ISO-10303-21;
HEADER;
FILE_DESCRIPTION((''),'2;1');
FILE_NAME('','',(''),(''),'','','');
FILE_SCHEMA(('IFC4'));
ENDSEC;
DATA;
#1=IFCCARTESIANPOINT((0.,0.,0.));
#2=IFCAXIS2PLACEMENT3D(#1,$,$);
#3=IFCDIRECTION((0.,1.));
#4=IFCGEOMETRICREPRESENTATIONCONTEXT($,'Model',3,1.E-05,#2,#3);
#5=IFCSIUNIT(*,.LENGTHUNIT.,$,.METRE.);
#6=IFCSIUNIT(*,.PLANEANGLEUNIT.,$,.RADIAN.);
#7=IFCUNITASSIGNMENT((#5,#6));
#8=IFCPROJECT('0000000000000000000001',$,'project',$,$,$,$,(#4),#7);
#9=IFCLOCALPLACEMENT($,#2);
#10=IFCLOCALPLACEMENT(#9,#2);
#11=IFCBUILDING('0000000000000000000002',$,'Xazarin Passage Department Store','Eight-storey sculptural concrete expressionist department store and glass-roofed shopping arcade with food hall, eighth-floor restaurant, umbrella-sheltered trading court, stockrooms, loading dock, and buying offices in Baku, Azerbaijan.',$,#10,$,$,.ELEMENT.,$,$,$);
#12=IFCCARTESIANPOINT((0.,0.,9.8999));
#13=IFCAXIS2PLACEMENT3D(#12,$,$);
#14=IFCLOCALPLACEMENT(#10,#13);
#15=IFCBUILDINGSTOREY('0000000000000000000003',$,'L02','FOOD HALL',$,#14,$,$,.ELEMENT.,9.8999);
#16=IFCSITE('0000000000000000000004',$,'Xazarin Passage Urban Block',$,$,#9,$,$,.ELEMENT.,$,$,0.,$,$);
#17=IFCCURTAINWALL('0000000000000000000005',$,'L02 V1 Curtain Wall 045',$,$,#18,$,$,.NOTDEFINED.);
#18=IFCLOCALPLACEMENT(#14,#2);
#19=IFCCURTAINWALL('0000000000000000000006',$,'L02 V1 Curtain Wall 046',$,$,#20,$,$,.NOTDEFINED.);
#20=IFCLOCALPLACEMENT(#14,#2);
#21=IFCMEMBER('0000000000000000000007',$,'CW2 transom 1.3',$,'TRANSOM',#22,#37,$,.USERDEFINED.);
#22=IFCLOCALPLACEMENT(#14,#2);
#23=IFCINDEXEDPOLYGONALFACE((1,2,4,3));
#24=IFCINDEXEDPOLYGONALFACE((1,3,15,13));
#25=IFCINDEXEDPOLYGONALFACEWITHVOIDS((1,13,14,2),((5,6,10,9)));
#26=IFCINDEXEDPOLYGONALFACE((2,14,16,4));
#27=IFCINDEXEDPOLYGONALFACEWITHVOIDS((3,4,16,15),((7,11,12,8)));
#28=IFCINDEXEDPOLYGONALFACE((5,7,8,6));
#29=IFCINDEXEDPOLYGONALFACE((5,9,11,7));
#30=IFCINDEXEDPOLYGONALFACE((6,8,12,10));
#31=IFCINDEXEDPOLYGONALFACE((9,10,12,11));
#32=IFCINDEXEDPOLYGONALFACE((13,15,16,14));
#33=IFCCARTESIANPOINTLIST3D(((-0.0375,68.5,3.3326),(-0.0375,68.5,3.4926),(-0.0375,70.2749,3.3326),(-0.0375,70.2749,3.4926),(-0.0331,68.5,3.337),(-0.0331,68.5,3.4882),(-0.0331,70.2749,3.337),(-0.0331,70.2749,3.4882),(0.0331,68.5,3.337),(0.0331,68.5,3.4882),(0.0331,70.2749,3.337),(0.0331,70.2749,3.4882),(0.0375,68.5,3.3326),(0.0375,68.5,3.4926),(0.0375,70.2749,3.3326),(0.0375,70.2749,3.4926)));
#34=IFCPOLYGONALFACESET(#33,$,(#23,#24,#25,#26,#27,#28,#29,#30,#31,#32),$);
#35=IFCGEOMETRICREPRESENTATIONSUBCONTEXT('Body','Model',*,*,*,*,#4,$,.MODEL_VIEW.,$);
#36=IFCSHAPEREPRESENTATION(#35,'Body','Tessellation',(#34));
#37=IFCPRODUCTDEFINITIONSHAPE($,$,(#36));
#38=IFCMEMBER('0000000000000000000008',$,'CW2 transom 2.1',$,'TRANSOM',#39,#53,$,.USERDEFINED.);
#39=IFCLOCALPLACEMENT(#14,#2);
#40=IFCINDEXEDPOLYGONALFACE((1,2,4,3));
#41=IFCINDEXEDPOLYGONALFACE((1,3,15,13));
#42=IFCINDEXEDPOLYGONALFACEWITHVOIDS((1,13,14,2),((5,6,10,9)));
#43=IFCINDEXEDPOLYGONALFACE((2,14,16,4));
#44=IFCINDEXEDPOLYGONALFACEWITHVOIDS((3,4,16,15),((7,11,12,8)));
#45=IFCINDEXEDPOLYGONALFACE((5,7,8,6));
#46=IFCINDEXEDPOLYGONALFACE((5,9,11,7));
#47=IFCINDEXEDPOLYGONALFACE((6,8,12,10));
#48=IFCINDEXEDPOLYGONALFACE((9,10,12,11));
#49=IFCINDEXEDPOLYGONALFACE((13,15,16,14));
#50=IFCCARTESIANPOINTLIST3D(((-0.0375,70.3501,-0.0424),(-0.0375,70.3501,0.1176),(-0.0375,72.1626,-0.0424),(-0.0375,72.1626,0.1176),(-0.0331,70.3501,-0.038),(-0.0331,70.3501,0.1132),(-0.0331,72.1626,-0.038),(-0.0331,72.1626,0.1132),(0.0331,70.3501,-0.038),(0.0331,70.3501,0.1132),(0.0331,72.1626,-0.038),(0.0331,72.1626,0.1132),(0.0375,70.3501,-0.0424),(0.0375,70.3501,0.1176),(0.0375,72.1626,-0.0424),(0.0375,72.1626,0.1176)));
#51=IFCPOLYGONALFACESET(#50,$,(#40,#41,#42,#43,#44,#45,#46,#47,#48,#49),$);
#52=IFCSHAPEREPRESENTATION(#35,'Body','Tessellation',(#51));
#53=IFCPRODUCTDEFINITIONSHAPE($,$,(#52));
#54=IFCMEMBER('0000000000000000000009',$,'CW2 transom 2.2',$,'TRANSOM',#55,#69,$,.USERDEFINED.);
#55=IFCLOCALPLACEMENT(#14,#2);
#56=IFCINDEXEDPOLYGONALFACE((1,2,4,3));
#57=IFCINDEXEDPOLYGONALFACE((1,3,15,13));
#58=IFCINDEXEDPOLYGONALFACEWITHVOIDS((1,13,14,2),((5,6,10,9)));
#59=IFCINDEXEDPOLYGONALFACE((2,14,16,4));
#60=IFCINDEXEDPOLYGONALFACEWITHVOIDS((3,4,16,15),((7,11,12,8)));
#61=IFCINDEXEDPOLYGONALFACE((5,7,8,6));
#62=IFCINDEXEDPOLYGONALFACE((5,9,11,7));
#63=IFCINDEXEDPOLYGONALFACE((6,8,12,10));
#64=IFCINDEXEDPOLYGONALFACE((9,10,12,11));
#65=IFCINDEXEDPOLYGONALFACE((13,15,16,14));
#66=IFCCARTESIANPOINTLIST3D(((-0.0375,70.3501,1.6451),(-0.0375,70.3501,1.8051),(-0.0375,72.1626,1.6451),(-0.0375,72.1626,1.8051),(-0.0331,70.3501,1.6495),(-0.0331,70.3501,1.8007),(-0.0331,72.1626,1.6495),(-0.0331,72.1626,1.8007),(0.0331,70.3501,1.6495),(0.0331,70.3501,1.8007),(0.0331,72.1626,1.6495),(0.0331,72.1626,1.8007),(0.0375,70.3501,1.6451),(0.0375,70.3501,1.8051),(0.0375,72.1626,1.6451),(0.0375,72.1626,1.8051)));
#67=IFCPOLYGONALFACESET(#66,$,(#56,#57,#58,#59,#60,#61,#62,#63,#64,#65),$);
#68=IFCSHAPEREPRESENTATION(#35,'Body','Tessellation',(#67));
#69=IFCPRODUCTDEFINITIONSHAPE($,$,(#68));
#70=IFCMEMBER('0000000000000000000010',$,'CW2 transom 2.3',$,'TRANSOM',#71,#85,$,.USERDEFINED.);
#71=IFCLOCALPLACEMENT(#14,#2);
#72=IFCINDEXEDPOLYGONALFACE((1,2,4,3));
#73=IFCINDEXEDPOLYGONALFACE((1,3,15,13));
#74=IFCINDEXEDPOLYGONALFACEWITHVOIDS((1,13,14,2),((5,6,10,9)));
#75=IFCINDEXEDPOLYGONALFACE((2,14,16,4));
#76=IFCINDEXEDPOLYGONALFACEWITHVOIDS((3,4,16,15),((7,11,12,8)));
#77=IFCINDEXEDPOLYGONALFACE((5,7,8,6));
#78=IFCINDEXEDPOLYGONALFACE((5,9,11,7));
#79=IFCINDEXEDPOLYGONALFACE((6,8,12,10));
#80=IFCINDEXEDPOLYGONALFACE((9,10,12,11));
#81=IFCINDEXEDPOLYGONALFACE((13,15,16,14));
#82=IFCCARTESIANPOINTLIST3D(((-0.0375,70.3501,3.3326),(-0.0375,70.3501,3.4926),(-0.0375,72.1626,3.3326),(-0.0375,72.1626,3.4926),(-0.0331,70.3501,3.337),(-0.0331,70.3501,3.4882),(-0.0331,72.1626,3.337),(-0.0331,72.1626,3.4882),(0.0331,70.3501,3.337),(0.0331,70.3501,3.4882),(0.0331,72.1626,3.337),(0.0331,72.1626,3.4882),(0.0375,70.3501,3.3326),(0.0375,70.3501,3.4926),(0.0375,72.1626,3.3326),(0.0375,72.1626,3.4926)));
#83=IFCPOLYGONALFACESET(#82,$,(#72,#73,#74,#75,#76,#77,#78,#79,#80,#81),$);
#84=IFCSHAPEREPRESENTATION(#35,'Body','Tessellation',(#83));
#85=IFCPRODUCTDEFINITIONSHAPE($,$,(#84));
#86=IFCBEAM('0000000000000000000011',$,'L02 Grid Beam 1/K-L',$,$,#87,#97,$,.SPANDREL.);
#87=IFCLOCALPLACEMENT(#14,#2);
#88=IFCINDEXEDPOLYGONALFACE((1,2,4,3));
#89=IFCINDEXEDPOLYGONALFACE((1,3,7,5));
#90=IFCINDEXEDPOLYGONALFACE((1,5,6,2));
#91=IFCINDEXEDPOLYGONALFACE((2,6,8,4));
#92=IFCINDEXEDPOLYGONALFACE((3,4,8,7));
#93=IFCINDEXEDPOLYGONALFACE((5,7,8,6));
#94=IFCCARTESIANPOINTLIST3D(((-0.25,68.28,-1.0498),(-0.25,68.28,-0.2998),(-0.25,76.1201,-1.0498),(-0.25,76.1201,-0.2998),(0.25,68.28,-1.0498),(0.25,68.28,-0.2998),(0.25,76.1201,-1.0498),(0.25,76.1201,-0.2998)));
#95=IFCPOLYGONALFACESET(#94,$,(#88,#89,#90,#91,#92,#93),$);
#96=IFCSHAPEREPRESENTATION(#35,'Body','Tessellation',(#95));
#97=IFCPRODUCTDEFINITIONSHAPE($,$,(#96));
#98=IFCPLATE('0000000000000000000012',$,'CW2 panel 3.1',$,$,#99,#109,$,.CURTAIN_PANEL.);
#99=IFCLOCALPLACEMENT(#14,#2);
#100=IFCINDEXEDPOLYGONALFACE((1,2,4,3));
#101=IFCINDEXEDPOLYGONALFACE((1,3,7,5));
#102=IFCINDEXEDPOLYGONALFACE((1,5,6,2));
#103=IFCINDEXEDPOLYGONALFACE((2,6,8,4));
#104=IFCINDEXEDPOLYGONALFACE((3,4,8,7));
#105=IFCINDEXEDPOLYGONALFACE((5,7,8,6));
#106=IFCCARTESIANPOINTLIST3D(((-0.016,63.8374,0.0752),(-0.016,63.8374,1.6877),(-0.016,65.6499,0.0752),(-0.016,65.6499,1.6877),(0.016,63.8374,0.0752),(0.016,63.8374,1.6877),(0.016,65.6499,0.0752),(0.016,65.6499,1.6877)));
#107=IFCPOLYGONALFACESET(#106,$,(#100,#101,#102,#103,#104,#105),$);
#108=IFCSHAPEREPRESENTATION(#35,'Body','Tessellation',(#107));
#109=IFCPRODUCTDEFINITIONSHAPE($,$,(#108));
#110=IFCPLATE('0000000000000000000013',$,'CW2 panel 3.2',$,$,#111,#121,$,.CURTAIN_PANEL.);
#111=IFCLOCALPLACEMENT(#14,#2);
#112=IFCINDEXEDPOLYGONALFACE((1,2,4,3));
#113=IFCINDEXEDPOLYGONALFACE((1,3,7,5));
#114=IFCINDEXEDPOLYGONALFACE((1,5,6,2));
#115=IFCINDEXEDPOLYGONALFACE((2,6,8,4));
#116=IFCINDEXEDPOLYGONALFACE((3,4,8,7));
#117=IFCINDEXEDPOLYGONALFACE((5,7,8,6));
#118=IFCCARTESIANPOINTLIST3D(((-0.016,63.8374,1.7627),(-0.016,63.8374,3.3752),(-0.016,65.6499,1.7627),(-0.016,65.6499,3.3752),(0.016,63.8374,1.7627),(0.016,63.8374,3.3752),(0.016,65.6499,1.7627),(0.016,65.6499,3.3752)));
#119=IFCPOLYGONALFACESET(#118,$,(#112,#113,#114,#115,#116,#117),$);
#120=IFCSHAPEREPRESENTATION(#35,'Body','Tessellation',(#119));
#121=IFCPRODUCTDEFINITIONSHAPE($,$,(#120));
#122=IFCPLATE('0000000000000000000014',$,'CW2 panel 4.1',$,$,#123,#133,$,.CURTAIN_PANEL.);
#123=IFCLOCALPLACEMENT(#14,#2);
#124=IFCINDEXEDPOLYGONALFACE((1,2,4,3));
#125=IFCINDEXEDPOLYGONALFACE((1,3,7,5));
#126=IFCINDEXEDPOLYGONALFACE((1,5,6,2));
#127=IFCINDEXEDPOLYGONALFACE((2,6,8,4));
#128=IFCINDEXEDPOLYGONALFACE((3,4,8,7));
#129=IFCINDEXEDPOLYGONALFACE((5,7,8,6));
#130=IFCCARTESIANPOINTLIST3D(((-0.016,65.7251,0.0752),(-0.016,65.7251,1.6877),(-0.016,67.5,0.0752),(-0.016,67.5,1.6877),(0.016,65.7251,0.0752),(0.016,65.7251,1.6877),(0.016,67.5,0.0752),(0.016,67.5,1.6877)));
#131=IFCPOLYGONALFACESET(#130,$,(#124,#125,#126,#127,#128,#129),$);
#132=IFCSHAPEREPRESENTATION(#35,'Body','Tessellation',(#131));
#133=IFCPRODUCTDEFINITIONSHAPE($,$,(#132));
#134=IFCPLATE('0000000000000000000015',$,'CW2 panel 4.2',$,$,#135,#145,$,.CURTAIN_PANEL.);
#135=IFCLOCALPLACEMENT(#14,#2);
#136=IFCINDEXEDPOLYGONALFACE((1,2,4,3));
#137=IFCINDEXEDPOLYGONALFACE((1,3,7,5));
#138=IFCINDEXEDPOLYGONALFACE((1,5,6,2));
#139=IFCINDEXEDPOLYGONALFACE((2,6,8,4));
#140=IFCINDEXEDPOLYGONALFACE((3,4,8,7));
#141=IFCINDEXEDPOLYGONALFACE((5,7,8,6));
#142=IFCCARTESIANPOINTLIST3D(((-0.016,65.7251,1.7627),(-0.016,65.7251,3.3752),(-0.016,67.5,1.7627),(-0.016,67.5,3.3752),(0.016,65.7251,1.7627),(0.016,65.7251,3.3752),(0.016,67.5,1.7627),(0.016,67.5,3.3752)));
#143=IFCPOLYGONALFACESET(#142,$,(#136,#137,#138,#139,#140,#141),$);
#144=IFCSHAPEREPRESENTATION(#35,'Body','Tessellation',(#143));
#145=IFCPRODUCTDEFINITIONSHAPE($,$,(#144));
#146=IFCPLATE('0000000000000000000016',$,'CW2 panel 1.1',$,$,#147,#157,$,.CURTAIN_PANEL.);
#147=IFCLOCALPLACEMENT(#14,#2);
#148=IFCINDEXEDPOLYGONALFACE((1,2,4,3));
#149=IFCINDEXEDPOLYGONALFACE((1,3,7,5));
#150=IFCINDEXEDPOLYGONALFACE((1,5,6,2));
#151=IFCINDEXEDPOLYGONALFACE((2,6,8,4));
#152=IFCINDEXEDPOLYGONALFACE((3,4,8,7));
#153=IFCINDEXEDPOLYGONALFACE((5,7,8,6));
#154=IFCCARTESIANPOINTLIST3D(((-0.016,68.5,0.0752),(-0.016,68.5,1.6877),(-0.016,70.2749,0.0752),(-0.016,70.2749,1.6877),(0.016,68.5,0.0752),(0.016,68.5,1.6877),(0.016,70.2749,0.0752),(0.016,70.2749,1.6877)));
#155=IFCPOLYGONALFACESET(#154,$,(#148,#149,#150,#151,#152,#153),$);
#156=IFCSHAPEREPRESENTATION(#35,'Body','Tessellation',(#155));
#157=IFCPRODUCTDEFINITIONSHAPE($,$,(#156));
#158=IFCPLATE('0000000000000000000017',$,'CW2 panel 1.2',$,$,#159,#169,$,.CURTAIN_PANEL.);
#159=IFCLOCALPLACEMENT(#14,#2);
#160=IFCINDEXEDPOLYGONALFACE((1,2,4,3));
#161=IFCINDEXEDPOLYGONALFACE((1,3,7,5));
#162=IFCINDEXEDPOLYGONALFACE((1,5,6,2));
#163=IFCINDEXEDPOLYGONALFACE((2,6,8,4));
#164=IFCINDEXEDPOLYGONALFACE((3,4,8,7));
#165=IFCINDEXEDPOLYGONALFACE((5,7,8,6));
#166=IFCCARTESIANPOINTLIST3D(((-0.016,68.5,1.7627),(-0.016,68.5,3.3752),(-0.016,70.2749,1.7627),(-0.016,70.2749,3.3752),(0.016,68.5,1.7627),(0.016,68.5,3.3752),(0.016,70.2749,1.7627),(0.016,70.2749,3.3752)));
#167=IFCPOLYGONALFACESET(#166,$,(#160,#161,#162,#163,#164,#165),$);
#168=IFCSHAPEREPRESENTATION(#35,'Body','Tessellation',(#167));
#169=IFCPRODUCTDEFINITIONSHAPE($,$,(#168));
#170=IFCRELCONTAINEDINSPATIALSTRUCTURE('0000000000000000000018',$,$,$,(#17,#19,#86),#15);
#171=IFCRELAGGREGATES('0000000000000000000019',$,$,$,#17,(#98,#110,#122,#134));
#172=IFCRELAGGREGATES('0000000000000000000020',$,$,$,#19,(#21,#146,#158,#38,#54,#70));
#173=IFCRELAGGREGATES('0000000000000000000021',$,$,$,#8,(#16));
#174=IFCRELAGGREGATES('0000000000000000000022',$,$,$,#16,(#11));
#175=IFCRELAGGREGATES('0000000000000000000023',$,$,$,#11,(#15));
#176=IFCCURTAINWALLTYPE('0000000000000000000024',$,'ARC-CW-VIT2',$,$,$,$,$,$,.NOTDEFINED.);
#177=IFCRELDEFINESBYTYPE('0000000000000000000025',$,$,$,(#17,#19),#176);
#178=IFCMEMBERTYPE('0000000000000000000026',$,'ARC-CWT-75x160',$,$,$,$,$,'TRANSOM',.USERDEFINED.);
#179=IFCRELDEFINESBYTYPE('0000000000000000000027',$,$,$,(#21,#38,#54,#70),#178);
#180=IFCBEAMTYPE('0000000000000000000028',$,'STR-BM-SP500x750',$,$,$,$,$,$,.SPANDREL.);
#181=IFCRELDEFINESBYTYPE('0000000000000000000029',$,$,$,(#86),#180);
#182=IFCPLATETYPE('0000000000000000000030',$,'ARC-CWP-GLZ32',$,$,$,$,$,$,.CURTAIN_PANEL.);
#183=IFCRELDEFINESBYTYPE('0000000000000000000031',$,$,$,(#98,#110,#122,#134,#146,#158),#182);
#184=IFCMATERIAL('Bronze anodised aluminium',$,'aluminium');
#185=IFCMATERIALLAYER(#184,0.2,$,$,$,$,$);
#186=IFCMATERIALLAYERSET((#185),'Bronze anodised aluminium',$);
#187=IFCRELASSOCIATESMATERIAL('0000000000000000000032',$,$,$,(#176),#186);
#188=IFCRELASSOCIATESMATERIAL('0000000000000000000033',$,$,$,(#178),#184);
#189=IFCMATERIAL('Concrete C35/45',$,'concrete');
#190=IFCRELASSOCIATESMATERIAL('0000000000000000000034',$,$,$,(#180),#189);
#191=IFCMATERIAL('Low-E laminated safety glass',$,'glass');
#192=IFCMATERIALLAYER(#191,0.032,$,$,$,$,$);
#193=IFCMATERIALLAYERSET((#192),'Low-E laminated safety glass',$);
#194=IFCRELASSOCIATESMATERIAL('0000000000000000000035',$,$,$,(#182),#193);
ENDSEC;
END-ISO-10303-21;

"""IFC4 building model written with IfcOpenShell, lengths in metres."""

from ifc_helpers import new_model, si_unit, direction, frame, origin, origin_2d, place, context, subcontext, project, spatial, rectangle, hollow_rectangle, extrude, material, layer, layer_set, material_profile, profile_set, type_object, element, aggregate, save


model = new_model("IFC4")

# Units and contexts
model_context = context("Model", 3, precision=1e-05, world=origin(), true_north=direction((0.0, 1.0)))
body_context = subcontext(model_context, "Body", "Model", "MODEL_VIEW")
ifc_project = project(units=[si_unit("LENGTHUNIT", "METRE"), si_unit("PLANEANGLEUNIT", "RADIAN")], contexts=[model_context])

# Site, building, storey
site_placement = place(None, origin())
site = spatial("IfcSite", under=ifc_project, at=site_placement, Name="Xazarin Passage Urban Block", CompositionType="ELEMENT", RefElevation=0.0)
building_placement = place(site_placement, origin())
building = spatial("IfcBuilding", under=site, at=building_placement, Name="Xazarin Passage Department Store", Description="Eight-storey sculptural concrete expressionist department store and glass-roofed shopping arcade with food hall, eighth-floor restaurant, umbrella-sheltered trading court, stockrooms, loading dock, and buying offices in Baku, Azerbaijan.", CompositionType="ELEMENT")
storey_placement = place(building_placement, frame((0.0, 0.0, 9.8999)))
storey = spatial("IfcBuildingStorey", under=building, at=storey_placement, Name="L02", Description="FOOD HALL", CompositionType="ELEMENT", Elevation=9.8999)

# Curtain walls
ifc_material_1 = material(Name="Bronze anodised aluminium", Category="aluminium")
ifc_layer_1 = layer(ifc_material_1, 0.2)
ifc_layer_set_1 = layer_set([ifc_layer_1], Name="Bronze anodised aluminium")
curtain_wall_type = type_object("IfcCurtainWallType", Name="ARC-CW-VIT2", PredefinedType="NOTDEFINED", material=ifc_layer_set_1)
curtain_wall_1_placement = place(storey_placement, origin())
curtain_wall_1 = element("IfcCurtainWall", 1, at=curtain_wall_1_placement, inside=storey, type_object=curtain_wall_type, Name="L02 V1 Curtain Wall 045", PredefinedType="NOTDEFINED")
curtain_wall_2_placement = place(storey_placement, origin())
curtain_wall_2 = element("IfcCurtainWall", 2, at=curtain_wall_2_placement, inside=storey, type_object=curtain_wall_type, Name="L02 V1 Curtain Wall 046", PredefinedType="NOTDEFINED")

# Members
ifc_material_profile_1 = material_profile(ifc_material_1, hollow_rectangle(XDim=0.075, YDim=0.1599, WallThickness=0.0044, at=origin_2d()), Name="ALU 75x160")
ifc_profile_set_1 = profile_set([ifc_material_profile_1], Name="Bronze anodised aluminium")
member_type_1 = type_object("IfcMemberType", Name="ARC-CWT-75x160", ElementType="TRANSOM", PredefinedType="USERDEFINED", material=ifc_profile_set_1)
member_1_placement = place(storey_placement, frame((0.0, 68.5, 3.4126), z_axis=(0.0, 1.0, 0.0), x_axis=(-1.0, 0.0, 0.0)))
member_1 = element("IfcMember", 3, at=member_1_placement, type_object=member_type_1, Name="CW2 transom 1.3", ObjectType="TRANSOM", PredefinedType="USERDEFINED", context=body_context, shape_type="SweptSolid", body=[
    extrude(hollow_rectangle(XDim=0.075, YDim=0.1599, WallThickness=0.0044, at=origin_2d()), origin(), (0.0, 0.0, 1.0), 1.7749),
])
member_2_placement = place(storey_placement, frame((0.0, 70.3501, 0.0376), z_axis=(0.0, 1.0, 0.0), x_axis=(-1.0, 0.0, 0.0)))
member_2 = element("IfcMember", 4, at=member_2_placement, type_object=member_type_1, Name="CW2 transom 2.1", ObjectType="TRANSOM", PredefinedType="USERDEFINED", context=body_context, shape_type="SweptSolid", body=[
    extrude(hollow_rectangle(XDim=0.075, YDim=0.1599, WallThickness=0.0044, at=origin_2d()), origin(), (0.0, 0.0, 1.0), 1.8125),
])
member_3_placement = place(storey_placement, frame((0.0, 70.3501, 1.7251), z_axis=(0.0, 1.0, 0.0), x_axis=(-1.0, 0.0, 0.0)))
member_3 = element("IfcMember", 5, at=member_3_placement, type_object=member_type_1, Name="CW2 transom 2.2", ObjectType="TRANSOM", PredefinedType="USERDEFINED", context=body_context, shape_type="SweptSolid", body=[
    extrude(hollow_rectangle(XDim=0.075, YDim=0.1599, WallThickness=0.0044, at=origin_2d()), origin(), (0.0, 0.0, 1.0), 1.8125),
])
member_4_placement = place(storey_placement, frame((0.0, 70.3501, 3.4126), z_axis=(0.0, 1.0, 0.0), x_axis=(-1.0, 0.0, 0.0)))
member_4 = element("IfcMember", 6, at=member_4_placement, type_object=member_type_1, Name="CW2 transom 2.3", ObjectType="TRANSOM", PredefinedType="USERDEFINED", context=body_context, shape_type="SweptSolid", body=[
    extrude(hollow_rectangle(XDim=0.075, YDim=0.1599, WallThickness=0.0044, at=origin_2d()), origin(), (0.0, 0.0, 1.0), 1.8125),
])

# Beam
ifc_material_2 = material(Name="Concrete C35/45", Category="concrete")
ifc_material_profile_2 = material_profile(ifc_material_2, rectangle(XDim=0.5, YDim=0.75, at=origin_2d()), Name="RC 500x750")
ifc_profile_set_2 = profile_set([ifc_material_profile_2], Name="Concrete C35/45")
beam_type = type_object("IfcBeamType", Name="STR-BM-SP500x750", PredefinedType="SPANDREL", material=ifc_profile_set_2)
beam_placement = place(storey_placement, frame((0.0, 68.28, -0.6748), z_axis=(0.0, 1.0, 0.0), x_axis=(-1.0, 0.0, 0.0)))
element("IfcBeam", 7, at=beam_placement, inside=storey, type_object=beam_type, Name="L02 Grid Beam 1/K-L", PredefinedType="SPANDREL", context=body_context, shape_type="SweptSolid", body=[
    extrude(rectangle(XDim=0.5, YDim=0.75, at=origin_2d()), origin(), (0.0, 0.0, 1.0), 7.8401),
])

# Plates
ifc_material_3 = material(Name="Low-E laminated safety glass", Category="glass")
ifc_layer_2 = layer(ifc_material_3, 0.032)
ifc_layer_set_2 = layer_set([ifc_layer_2], Name="Low-E laminated safety glass")
plate_type = type_object("IfcPlateType", Name="ARC-CWP-GLZ32", PredefinedType="CURTAIN_PANEL", material=ifc_layer_set_2)
plate_1_placement = place(storey_placement, frame((0.0, 64.7437, 0.0752), z_axis=(0.0, 0.0, 1.0), x_axis=(0.0, 1.0, 0.0)))
plate_1 = element("IfcPlate", 8, at=plate_1_placement, type_object=plate_type, Name="CW2 panel 3.1", PredefinedType="CURTAIN_PANEL", context=body_context, shape_type="SweptSolid", body=[
    extrude(rectangle(XDim=1.8125, YDim=0.032, at=origin_2d()), origin(), (0.0, 0.0, 1.0), 1.6125),
])
plate_2_placement = place(storey_placement, frame((0.0, 64.7437, 1.7627), z_axis=(0.0, 0.0, 1.0), x_axis=(0.0, 1.0, 0.0)))
plate_2 = element("IfcPlate", 9, at=plate_2_placement, type_object=plate_type, Name="CW2 panel 3.2", PredefinedType="CURTAIN_PANEL", context=body_context, shape_type="SweptSolid", body=[
    extrude(rectangle(XDim=1.8125, YDim=0.032, at=origin_2d()), origin(), (0.0, 0.0, 1.0), 1.6125),
])
plate_3_placement = place(storey_placement, frame((0.0, 66.6125, 0.0752), z_axis=(0.0, 0.0, 1.0), x_axis=(0.0, 1.0, 0.0)))
plate_3 = element("IfcPlate", 10, at=plate_3_placement, type_object=plate_type, Name="CW2 panel 4.1", PredefinedType="CURTAIN_PANEL", context=body_context, shape_type="SweptSolid", body=[
    extrude(rectangle(XDim=1.7749, YDim=0.032, at=origin_2d()), origin(), (0.0, 0.0, 1.0), 1.6125),
])
plate_4_placement = place(storey_placement, frame((0.0, 66.6125, 1.7627), z_axis=(0.0, 0.0, 1.0), x_axis=(0.0, 1.0, 0.0)))
plate_4 = element("IfcPlate", 11, at=plate_4_placement, type_object=plate_type, Name="CW2 panel 4.2", PredefinedType="CURTAIN_PANEL", context=body_context, shape_type="SweptSolid", body=[
    extrude(rectangle(XDim=1.7749, YDim=0.032, at=origin_2d()), origin(), (0.0, 0.0, 1.0), 1.6125),
])
aggregate(curtain_wall_1, [plate_1, plate_2, plate_3, plate_4])
plate_5_placement = place(storey_placement, frame((0.0, 69.3875, 0.0752), z_axis=(0.0, 0.0, 1.0), x_axis=(0.0, 1.0, 0.0)))
plate_5 = element("IfcPlate", 12, at=plate_5_placement, type_object=plate_type, Name="CW2 panel 1.1", PredefinedType="CURTAIN_PANEL", context=body_context, shape_type="SweptSolid", body=[
    extrude(rectangle(XDim=1.7749, YDim=0.032, at=origin_2d()), origin(), (0.0, 0.0, 1.0), 1.6125),
])
plate_6_placement = place(storey_placement, frame((0.0, 69.3875, 1.7627), z_axis=(0.0, 0.0, 1.0), x_axis=(0.0, 1.0, 0.0)))
plate_6 = element("IfcPlate", 13, at=plate_6_placement, type_object=plate_type, Name="CW2 panel 1.2", PredefinedType="CURTAIN_PANEL", context=body_context, shape_type="SweptSolid", body=[
    extrude(rectangle(XDim=1.7749, YDim=0.032, at=origin_2d()), origin(), (0.0, 0.0, 1.0), 1.6125),
])
aggregate(curtain_wall_2, [member_1, plate_5, plate_6, member_2, member_3, member_4])

save(model, "model.ifc")
